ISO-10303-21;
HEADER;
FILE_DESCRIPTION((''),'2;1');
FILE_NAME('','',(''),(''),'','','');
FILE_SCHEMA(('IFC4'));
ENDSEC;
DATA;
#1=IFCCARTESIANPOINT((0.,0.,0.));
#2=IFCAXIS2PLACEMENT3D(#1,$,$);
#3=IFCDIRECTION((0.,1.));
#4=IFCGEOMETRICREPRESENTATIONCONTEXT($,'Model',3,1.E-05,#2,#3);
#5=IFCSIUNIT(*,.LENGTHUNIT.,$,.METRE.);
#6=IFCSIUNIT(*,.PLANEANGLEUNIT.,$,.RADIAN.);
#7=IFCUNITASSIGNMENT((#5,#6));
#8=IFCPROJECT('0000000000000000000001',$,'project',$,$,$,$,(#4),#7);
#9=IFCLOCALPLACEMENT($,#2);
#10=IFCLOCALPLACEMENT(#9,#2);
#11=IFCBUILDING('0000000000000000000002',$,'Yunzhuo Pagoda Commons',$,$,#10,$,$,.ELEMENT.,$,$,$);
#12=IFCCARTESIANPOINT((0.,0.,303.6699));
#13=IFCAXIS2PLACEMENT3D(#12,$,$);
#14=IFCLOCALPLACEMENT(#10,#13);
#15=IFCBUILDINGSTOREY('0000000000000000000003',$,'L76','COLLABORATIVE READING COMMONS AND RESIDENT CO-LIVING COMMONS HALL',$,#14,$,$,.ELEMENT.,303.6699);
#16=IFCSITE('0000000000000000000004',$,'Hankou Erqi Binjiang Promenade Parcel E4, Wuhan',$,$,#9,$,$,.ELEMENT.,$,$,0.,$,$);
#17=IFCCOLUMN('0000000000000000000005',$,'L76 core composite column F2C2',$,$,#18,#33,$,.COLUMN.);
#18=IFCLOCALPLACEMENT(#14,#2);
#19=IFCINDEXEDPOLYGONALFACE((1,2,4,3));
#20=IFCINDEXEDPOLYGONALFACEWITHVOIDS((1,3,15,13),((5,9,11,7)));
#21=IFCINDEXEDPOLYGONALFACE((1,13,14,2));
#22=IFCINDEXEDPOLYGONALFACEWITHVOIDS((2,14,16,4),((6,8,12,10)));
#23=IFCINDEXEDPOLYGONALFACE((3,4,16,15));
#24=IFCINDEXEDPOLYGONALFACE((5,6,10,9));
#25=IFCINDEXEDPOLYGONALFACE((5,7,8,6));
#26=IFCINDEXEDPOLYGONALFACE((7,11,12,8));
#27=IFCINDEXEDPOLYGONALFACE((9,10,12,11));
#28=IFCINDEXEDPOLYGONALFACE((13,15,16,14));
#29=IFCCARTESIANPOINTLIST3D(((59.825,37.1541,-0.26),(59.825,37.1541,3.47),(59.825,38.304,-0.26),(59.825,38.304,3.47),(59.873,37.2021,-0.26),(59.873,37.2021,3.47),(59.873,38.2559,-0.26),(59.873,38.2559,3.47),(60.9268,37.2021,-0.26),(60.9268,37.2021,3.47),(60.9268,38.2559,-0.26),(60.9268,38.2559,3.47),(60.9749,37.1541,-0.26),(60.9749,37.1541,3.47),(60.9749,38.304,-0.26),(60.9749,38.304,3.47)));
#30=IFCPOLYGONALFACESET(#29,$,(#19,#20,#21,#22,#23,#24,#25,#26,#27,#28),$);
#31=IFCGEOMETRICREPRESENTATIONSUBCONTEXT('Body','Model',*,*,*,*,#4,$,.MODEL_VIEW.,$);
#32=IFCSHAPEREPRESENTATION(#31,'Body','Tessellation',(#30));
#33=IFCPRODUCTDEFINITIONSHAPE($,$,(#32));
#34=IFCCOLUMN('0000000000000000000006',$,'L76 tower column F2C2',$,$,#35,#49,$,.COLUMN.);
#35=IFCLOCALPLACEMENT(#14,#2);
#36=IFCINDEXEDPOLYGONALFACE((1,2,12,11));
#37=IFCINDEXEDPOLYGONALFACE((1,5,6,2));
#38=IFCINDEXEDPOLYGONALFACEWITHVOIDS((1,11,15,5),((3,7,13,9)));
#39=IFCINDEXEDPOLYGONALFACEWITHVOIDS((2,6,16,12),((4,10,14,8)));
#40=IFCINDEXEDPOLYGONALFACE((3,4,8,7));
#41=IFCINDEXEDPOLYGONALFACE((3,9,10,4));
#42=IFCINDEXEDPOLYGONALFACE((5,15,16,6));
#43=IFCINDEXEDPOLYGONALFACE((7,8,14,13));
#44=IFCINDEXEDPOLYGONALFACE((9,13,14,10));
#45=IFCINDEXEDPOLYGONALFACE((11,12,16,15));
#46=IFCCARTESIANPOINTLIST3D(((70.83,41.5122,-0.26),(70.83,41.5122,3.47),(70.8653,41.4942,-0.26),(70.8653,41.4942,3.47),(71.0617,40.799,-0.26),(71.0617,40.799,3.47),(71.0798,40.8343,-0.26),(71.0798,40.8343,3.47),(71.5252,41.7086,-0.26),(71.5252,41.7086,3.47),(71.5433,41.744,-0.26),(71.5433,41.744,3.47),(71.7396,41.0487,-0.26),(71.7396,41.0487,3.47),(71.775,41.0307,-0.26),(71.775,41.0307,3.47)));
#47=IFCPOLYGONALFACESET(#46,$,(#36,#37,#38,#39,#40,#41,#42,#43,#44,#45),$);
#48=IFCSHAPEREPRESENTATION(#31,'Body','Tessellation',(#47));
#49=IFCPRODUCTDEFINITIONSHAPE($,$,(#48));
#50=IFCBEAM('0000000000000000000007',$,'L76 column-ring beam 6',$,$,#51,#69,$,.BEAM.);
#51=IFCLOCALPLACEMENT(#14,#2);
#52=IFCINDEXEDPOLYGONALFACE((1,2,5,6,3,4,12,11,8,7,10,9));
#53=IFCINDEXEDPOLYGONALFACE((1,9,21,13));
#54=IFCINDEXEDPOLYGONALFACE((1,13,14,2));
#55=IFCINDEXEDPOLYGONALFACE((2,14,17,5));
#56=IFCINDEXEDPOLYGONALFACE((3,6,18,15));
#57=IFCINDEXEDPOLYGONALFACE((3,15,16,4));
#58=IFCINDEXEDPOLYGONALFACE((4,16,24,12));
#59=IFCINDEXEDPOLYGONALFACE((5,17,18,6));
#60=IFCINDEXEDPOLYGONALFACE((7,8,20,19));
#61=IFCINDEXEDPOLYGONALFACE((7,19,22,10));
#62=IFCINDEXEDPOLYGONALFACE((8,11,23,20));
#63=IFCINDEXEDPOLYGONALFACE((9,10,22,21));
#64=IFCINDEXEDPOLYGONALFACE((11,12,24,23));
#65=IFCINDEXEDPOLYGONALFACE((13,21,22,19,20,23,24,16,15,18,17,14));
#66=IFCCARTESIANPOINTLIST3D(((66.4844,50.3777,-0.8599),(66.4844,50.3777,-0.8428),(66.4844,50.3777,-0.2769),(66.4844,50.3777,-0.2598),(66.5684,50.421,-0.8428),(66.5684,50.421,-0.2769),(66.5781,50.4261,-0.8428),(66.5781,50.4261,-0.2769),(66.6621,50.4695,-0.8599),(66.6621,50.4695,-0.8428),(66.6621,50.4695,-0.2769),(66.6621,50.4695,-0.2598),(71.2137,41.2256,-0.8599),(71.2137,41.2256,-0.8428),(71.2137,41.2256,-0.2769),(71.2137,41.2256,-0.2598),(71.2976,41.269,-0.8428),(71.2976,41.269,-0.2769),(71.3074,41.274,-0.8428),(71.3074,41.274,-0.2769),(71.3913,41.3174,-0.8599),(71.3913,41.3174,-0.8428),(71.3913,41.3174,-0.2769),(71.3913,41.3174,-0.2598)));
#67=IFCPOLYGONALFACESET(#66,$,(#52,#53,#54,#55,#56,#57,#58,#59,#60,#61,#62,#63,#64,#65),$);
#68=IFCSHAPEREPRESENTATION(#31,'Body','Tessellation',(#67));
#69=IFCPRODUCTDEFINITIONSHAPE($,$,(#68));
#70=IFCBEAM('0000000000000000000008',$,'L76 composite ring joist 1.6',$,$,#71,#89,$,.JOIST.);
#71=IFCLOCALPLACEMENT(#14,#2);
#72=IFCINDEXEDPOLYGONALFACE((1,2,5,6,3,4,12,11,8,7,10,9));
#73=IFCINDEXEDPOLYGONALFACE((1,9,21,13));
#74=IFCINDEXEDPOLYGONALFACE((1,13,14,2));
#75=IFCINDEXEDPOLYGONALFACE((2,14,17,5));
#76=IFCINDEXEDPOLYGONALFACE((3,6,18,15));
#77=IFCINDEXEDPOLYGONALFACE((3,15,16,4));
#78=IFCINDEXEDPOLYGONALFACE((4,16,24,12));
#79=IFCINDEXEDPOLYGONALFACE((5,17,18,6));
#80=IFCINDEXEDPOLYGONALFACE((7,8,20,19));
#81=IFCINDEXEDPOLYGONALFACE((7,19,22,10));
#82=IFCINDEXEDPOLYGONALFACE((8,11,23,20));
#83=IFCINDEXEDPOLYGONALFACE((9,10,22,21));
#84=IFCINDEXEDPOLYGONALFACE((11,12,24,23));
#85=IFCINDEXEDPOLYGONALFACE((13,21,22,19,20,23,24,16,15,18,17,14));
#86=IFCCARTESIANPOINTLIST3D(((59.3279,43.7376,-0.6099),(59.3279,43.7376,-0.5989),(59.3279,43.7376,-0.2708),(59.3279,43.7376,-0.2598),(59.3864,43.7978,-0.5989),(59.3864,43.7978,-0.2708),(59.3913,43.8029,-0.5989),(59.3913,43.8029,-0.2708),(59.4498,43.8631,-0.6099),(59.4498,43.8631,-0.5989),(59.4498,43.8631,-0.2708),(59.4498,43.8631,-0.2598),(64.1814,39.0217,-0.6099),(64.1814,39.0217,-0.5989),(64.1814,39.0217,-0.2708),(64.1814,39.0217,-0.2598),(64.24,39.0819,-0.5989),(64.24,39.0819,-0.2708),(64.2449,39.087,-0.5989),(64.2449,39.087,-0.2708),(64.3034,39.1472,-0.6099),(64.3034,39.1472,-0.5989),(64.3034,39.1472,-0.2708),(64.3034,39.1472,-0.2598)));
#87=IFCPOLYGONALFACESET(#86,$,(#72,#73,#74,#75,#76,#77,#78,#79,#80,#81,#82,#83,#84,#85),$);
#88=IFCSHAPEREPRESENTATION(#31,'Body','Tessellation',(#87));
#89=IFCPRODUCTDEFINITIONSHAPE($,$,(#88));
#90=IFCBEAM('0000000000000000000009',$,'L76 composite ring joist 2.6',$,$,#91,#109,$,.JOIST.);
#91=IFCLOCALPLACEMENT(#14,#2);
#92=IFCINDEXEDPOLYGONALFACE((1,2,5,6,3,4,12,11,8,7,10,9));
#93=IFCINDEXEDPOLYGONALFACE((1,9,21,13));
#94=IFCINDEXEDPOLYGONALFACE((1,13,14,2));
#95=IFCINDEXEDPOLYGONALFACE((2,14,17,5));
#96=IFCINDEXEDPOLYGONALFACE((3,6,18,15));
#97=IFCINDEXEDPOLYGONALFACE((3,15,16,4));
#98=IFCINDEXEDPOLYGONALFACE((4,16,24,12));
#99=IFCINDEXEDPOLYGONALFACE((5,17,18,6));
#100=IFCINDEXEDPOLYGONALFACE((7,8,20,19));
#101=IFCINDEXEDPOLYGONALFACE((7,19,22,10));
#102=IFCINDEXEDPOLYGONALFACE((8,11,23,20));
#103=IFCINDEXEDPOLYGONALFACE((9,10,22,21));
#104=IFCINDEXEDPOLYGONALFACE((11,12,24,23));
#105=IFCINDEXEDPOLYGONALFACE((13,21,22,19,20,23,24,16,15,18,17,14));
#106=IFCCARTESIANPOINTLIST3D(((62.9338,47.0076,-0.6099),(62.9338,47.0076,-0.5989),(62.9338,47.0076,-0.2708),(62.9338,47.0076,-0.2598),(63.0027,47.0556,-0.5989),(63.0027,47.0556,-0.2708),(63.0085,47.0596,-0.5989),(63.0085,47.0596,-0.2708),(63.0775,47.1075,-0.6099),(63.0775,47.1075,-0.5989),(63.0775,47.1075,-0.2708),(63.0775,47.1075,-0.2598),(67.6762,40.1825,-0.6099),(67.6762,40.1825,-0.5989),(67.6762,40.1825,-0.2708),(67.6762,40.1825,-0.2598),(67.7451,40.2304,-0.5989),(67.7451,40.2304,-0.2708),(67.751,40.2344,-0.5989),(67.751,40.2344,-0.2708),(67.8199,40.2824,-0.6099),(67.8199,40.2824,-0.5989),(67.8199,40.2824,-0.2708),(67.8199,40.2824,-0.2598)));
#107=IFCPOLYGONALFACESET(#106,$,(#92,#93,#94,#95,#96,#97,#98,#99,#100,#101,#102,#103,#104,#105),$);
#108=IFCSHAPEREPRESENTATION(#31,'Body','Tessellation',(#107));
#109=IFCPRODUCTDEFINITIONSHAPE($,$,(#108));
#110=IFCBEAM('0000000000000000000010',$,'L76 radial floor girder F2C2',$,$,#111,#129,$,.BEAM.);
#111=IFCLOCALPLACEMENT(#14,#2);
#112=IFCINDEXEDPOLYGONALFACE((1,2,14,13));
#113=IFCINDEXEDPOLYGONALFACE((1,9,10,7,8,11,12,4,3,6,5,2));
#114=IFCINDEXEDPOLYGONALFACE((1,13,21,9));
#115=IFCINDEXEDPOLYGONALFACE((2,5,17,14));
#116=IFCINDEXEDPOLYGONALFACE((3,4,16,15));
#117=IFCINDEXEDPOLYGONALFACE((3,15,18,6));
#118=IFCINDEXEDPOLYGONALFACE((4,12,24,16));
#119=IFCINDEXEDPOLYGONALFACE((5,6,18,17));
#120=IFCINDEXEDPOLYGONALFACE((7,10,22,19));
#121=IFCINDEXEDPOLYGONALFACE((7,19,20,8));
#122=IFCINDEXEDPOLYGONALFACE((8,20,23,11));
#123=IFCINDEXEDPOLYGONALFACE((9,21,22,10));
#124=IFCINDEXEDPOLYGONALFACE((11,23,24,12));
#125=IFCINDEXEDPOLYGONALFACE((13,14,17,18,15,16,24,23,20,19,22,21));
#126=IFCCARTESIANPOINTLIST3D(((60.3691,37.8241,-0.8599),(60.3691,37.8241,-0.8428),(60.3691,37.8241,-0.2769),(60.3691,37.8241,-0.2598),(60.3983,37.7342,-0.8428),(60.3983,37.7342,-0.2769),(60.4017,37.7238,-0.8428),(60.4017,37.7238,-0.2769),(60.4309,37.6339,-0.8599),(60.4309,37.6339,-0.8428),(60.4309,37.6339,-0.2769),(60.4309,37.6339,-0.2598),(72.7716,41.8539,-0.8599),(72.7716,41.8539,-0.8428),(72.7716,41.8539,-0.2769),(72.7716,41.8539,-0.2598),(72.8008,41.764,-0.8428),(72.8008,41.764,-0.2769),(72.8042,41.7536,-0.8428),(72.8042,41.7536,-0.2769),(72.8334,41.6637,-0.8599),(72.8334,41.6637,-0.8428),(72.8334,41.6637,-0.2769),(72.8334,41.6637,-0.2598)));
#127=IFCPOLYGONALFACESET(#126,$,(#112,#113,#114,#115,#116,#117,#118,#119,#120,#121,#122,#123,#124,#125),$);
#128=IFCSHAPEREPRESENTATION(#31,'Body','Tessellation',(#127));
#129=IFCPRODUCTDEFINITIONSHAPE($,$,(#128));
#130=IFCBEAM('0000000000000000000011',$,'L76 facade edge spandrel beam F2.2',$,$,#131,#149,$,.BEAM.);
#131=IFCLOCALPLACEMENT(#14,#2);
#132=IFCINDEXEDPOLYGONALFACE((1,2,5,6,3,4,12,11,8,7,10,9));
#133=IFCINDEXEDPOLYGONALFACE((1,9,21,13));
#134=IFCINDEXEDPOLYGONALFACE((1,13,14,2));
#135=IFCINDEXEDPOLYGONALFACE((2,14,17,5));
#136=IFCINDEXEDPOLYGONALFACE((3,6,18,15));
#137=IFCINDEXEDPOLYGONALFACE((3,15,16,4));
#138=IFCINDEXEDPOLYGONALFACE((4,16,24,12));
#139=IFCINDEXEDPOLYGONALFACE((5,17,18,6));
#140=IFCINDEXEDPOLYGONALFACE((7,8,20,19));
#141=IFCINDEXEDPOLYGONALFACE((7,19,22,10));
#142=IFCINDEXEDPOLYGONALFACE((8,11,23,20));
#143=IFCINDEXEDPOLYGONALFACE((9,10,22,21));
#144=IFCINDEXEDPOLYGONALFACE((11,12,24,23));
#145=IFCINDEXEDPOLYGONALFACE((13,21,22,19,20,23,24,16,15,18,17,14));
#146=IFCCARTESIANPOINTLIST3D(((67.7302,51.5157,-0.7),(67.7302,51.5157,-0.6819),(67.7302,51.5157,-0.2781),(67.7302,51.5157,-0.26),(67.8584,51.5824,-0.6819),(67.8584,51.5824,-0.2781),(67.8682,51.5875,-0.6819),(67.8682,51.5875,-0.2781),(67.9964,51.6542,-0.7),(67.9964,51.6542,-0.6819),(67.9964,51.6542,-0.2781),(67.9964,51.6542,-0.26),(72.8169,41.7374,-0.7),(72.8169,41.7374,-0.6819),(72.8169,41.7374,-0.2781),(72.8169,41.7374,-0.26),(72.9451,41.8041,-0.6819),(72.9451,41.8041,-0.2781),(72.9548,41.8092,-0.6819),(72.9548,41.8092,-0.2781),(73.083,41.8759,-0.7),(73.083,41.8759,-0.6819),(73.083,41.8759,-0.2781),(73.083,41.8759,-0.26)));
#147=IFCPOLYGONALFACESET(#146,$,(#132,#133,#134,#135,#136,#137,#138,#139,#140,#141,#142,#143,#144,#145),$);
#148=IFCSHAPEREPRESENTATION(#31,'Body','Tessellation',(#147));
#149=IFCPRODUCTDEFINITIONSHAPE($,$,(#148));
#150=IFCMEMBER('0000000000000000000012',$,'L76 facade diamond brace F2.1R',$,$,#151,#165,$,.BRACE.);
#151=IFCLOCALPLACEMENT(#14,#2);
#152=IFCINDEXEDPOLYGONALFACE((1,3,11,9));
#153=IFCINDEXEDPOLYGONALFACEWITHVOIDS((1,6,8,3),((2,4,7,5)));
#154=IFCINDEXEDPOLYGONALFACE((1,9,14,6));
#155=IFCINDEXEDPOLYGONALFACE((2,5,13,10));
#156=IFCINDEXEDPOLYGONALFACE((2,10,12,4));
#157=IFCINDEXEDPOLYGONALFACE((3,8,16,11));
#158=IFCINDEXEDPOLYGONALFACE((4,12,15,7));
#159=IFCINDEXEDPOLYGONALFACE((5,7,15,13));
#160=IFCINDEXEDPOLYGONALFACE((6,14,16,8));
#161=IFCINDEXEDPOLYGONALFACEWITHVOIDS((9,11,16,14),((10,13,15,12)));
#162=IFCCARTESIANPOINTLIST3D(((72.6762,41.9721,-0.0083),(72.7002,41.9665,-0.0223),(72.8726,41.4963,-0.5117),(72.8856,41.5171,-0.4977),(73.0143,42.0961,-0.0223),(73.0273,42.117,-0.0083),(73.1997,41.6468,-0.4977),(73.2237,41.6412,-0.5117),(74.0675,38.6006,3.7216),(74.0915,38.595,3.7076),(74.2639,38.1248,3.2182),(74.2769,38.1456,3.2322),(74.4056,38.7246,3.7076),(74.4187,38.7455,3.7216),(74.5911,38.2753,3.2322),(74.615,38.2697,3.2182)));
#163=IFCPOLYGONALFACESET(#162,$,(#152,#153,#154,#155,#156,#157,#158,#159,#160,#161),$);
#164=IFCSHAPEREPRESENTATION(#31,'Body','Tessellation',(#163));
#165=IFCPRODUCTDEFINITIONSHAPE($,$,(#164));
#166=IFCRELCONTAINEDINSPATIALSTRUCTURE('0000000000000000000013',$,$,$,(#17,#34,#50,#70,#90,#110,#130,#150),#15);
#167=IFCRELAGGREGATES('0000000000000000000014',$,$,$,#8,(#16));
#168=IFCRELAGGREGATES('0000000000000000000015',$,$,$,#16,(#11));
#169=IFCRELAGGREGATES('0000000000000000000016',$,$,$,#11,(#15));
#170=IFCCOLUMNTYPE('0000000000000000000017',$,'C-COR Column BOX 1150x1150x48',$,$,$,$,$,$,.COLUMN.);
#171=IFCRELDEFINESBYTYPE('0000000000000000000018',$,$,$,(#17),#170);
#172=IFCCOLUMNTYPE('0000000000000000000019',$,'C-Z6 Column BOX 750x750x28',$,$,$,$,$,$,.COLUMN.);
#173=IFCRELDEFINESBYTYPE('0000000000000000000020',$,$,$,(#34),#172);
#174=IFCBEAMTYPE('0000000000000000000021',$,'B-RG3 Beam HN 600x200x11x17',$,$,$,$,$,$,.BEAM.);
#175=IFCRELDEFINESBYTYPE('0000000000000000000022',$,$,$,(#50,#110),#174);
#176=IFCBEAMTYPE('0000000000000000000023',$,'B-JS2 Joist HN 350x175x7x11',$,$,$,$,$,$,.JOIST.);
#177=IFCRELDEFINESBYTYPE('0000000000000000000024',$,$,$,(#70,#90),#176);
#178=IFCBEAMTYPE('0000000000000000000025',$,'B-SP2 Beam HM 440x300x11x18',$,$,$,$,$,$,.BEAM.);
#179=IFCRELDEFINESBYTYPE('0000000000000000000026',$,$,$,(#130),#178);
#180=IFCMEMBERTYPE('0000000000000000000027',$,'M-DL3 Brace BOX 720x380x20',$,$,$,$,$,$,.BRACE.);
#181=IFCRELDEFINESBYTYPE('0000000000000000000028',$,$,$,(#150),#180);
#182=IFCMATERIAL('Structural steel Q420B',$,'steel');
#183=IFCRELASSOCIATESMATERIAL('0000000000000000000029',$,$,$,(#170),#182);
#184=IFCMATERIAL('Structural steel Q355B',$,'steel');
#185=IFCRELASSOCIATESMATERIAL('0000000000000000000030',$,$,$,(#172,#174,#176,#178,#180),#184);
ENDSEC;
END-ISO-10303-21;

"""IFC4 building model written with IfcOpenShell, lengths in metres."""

from ifc_helpers import new_model, si_unit, direction, frame, origin, origin_2d, place, context, subcontext, project, spatial, hollow_rectangle, i_section, extrude, source, transform, mapped, material, material_profile, profile_set, type_object, element, save


model = new_model("IFC4")

# Units and contexts
model_context = context("Model", 3, precision=1e-05, world=origin(), true_north=direction((0.0, 1.0)))
body_context = subcontext(model_context, "Body", "Model", "MODEL_VIEW")
ifc_project = project(units=[si_unit("LENGTHUNIT", "METRE"), si_unit("PLANEANGLEUNIT", "RADIAN")], contexts=[model_context])

# Site, building, storey
site_placement = place(None, origin())
site = spatial("IfcSite", under=ifc_project, at=site_placement, Name="Hankou Erqi Binjiang Promenade Parcel E4, Wuhan", CompositionType="ELEMENT", RefElevation=0.0)
building_placement = place(site_placement, origin())
building = spatial("IfcBuilding", under=site, at=building_placement, Name="Yunzhuo Pagoda Commons", CompositionType="ELEMENT")
storey_placement = place(building_placement, frame((0.0, 0.0, 303.6699)))
storey = spatial("IfcBuildingStorey", under=building, at=storey_placement, Name="L76", Description="COLLABORATIVE READING COMMONS AND RESIDENT CO-LIVING COMMONS HALL", CompositionType="ELEMENT", Elevation=303.6699)

# Columns
ifc_material_1 = material(Name="Structural steel Q420B", Category="steel")
ifc_material_profile_1 = material_profile(ifc_material_1, hollow_rectangle(XDim=1.1499, YDim=1.1499, WallThickness=0.0481, at=origin_2d()), Name="Structural steel Q420B")
ifc_profile_set_1 = profile_set([ifc_material_profile_1], Name="Structural steel Q420B")
column_type_1 = type_object("IfcColumnType", Name="C-COR Column BOX 1150x1150x48", PredefinedType="COLUMN", material=ifc_profile_set_1)
shared_shape_1 = source(origin(), body_context, "Body", "SweptSolid", [
    extrude(hollow_rectangle(XDim=1.1499, YDim=1.1499, WallThickness=0.0481, at=origin_2d()), origin(), (0.0, 0.0, 1.0), 3.73),
])
column_1_placement = place(storey_placement, frame((60.3999, 37.729, -0.26), z_axis=(0.0, 0.0, 1.0), x_axis=(1.0, 0.0, 0.0)))
element("IfcColumn", 1, at=column_1_placement, inside=storey, type_object=column_type_1, Name="L76 core composite column F2C2", PredefinedType="COLUMN", context=body_context, shape_type="MappedRepresentation", body=[
    mapped(shared_shape_1, transform((0.0, 0.0, 0.0), scale=1.0)),
])
ifc_material_2 = material(Name="Structural steel Q355B", Category="steel")
ifc_material_profile_2 = material_profile(ifc_material_2, hollow_rectangle(XDim=0.75, YDim=0.75, WallThickness=0.0281, at=origin_2d()), Name="Structural steel Q355B")
ifc_profile_set_2 = profile_set([ifc_material_profile_2], Name="Structural steel Q355B")
column_type_2 = type_object("IfcColumnType", Name="C-Z6 Column BOX 750x750x28", PredefinedType="COLUMN", material=ifc_profile_set_2)
shared_shape_2 = source(origin(), body_context, "Body", "SweptSolid", [
    extrude(hollow_rectangle(XDim=0.75, YDim=0.75, WallThickness=0.0281, at=origin_2d()), origin(), (0.0, 0.0, 1.0), 3.73),
])
column_2_placement = place(storey_placement, frame((71.3025, 41.2715, -0.26), z_axis=(0.0, 0.0, 1.0), x_axis=(-0.309017, 0.951057, 0.0)))
element("IfcColumn", 2, at=column_2_placement, inside=storey, type_object=column_type_2, Name="L76 tower column F2C2", PredefinedType="COLUMN", context=body_context, shape_type="MappedRepresentation", body=[
    mapped(shared_shape_2, transform((0.0, 0.0, 0.0), scale=1.0)),
])

# Beams
ifc_material_profile_3 = material_profile(ifc_material_2, i_section(OverallWidth=0.2, OverallDepth=0.6001, WebThickness=0.011, FlangeThickness=0.0171, at=origin_2d()), Name="Structural steel Q355B")
ifc_profile_set_3 = profile_set([ifc_material_profile_3], Name="Structural steel Q355B")
beam_type_1 = type_object("IfcBeamType", Name="B-RG3 Beam HN 600x200x11x17", PredefinedType="BEAM", material=ifc_profile_set_3)
shared_shape_3 = source(origin(), body_context, "Body", "SweptSolid", [
    extrude(i_section(OverallWidth=0.2, OverallDepth=0.6001, WebThickness=0.011, FlangeThickness=0.0171, at=origin_2d()), origin(), (0.0, 0.0, 1.0), 10.3018),
])
beam_1_placement = place(storey_placement, frame((71.3025, 41.2715, -0.5598), z_axis=(-0.459071, 0.8884, 0.0), x_axis=(-0.8884, -0.459071, 0.0)))
element("IfcBeam", 3, at=beam_1_placement, inside=storey, type_object=beam_type_1, Name="L76 column-ring beam 6", PredefinedType="BEAM", context=body_context, shape_type="MappedRepresentation", body=[
    mapped(shared_shape_3, transform((0.0, 0.0, 0.0), scale=1.0)),
])
ifc_material_profile_4 = material_profile(ifc_material_2, i_section(OverallWidth=0.175, OverallDepth=0.3501, WebThickness=0.0071, FlangeThickness=0.011, at=origin_2d()), Name="Structural steel Q355B")
ifc_profile_set_4 = profile_set([ifc_material_profile_4], Name="Structural steel Q355B")
beam_type_2 = type_object("IfcBeamType", Name="B-JS2 Joist HN 350x175x7x11", PredefinedType="JOIST", material=ifc_profile_set_4)
shared_shape_4 = source(origin(), body_context, "Body", "SweptSolid", [
    extrude(i_section(OverallWidth=0.175, OverallDepth=0.3501, WebThickness=0.0071, FlangeThickness=0.011, at=origin_2d()), origin(), (0.0, 0.0, 1.0), 6.7673),
])
beam_2_placement = place(storey_placement, frame((64.2424, 39.0845, -0.4348), z_axis=(-0.717207, 0.69686, 0.0), x_axis=(-0.69686, -0.717207, 0.0)))
element("IfcBeam", 4, at=beam_2_placement, inside=storey, type_object=beam_type_2, Name="L76 composite ring joist 1.6", PredefinedType="JOIST", context=body_context, shape_type="MappedRepresentation", body=[
    mapped(shared_shape_4, transform((0.0, 0.0, 0.0), scale=1.0)),
])
shared_shape_5 = source(origin(), body_context, "Body", "SweptSolid", [
    extrude(i_section(OverallWidth=0.175, OverallDepth=0.3501, WebThickness=0.0071, FlangeThickness=0.011, at=origin_2d()), origin(), (0.0, 0.0, 1.0), 8.311),
])
beam_3_placement = place(storey_placement, frame((67.748, 40.2324, -0.4348), z_axis=(-0.570616, 0.821217, 0.0), x_axis=(-0.821217, -0.570616, 0.0)))
element("IfcBeam", 5, at=beam_3_placement, inside=storey, type_object=beam_type_2, Name="L76 composite ring joist 2.6", PredefinedType="JOIST", context=body_context, shape_type="MappedRepresentation", body=[
    mapped(shared_shape_5, transform((0.0, 0.0, 0.0), scale=1.0)),
])
shared_shape_6 = source(origin(), body_context, "Body", "SweptSolid", [
    extrude(i_section(OverallWidth=0.2, OverallDepth=0.6001, WebThickness=0.011, FlangeThickness=0.0171, at=origin_2d()), origin(), (0.0, 0.0, 1.0), 13.0408),
])
beam_4_placement = place(storey_placement, frame((72.8025, 41.7588, -0.5598), z_axis=(-0.951058, -0.309013, 0.0), x_axis=(0.309013, -0.951058, 0.0)))
element("IfcBeam", 6, at=beam_4_placement, inside=storey, type_object=beam_type_1, Name="L76 radial floor girder F2C2", PredefinedType="BEAM", context=body_context, shape_type="MappedRepresentation", body=[
    mapped(shared_shape_6, transform((0.0, 0.0, 0.0), scale=1.0)),
])
ifc_material_profile_5 = material_profile(ifc_material_2, i_section(OverallWidth=0.3, OverallDepth=0.4399, WebThickness=0.011, FlangeThickness=0.0181, at=origin_2d()), Name="Structural steel Q355B")
ifc_profile_set_5 = profile_set([ifc_material_profile_5], Name="Structural steel Q355B")
beam_type_3 = type_object("IfcBeamType", Name="B-SP2 Beam HM 440x300x11x18", PredefinedType="BEAM", material=ifc_profile_set_5)
shared_shape_7 = source(origin(), body_context, "Body", "SweptSolid", [
    extrude(i_section(OverallWidth=0.3, OverallDepth=0.4399, WebThickness=0.011, FlangeThickness=0.0181, at=origin_2d()), origin(), (0.0, 0.0, 1.0), 11.0222),
])
beam_5_placement = place(storey_placement, frame((72.95, 41.8066, -0.48), z_axis=(-0.461492, 0.887145, 0.0), x_axis=(-0.887145, -0.461492, 0.0)))
element("IfcBeam", 7, at=beam_5_placement, inside=storey, type_object=beam_type_3, Name="L76 facade edge spandrel beam F2.2", PredefinedType="BEAM", context=body_context, shape_type="MappedRepresentation", body=[
    mapped(shared_shape_7, transform((0.0, 0.0, 0.0), scale=1.0)),
])

# Member
ifc_material_profile_6 = material_profile(ifc_material_2, hollow_rectangle(XDim=0.3799, YDim=0.72, WallThickness=0.02, at=origin_2d()), Name="Structural steel Q355B")
ifc_profile_set_6 = profile_set([ifc_material_profile_6], Name="Structural steel Q355B")
member_type_1 = type_object("IfcMemberType", Name="M-DL3 Brace BOX 720x380x20", PredefinedType="BRACE", material=ifc_profile_set_6)
shared_shape_8 = source(origin(), body_context, "Body", "SweptSolid", [
    extrude(hollow_rectangle(XDim=0.3799, YDim=0.72, WallThickness=0.02, at=origin_2d()), origin(), (0.0, 0.0, 1.0), 5.2168),
])
member_1_placement = place(storey_placement, frame((72.95, 41.8066, -0.26), z_axis=(0.266701, -0.646279, 0.714978), x_axis=(0.924383, 0.381467, 0.0)))
element("IfcMember", 8, at=member_1_placement, inside=storey, type_object=member_type_1, Name="L76 facade diamond brace F2.1R", PredefinedType="BRACE", context=body_context, shape_type="MappedRepresentation", body=[
    mapped(shared_shape_8, transform((0.0, 0.0, 0.0), scale=1.0)),
])

save(model, "model.ifc")
